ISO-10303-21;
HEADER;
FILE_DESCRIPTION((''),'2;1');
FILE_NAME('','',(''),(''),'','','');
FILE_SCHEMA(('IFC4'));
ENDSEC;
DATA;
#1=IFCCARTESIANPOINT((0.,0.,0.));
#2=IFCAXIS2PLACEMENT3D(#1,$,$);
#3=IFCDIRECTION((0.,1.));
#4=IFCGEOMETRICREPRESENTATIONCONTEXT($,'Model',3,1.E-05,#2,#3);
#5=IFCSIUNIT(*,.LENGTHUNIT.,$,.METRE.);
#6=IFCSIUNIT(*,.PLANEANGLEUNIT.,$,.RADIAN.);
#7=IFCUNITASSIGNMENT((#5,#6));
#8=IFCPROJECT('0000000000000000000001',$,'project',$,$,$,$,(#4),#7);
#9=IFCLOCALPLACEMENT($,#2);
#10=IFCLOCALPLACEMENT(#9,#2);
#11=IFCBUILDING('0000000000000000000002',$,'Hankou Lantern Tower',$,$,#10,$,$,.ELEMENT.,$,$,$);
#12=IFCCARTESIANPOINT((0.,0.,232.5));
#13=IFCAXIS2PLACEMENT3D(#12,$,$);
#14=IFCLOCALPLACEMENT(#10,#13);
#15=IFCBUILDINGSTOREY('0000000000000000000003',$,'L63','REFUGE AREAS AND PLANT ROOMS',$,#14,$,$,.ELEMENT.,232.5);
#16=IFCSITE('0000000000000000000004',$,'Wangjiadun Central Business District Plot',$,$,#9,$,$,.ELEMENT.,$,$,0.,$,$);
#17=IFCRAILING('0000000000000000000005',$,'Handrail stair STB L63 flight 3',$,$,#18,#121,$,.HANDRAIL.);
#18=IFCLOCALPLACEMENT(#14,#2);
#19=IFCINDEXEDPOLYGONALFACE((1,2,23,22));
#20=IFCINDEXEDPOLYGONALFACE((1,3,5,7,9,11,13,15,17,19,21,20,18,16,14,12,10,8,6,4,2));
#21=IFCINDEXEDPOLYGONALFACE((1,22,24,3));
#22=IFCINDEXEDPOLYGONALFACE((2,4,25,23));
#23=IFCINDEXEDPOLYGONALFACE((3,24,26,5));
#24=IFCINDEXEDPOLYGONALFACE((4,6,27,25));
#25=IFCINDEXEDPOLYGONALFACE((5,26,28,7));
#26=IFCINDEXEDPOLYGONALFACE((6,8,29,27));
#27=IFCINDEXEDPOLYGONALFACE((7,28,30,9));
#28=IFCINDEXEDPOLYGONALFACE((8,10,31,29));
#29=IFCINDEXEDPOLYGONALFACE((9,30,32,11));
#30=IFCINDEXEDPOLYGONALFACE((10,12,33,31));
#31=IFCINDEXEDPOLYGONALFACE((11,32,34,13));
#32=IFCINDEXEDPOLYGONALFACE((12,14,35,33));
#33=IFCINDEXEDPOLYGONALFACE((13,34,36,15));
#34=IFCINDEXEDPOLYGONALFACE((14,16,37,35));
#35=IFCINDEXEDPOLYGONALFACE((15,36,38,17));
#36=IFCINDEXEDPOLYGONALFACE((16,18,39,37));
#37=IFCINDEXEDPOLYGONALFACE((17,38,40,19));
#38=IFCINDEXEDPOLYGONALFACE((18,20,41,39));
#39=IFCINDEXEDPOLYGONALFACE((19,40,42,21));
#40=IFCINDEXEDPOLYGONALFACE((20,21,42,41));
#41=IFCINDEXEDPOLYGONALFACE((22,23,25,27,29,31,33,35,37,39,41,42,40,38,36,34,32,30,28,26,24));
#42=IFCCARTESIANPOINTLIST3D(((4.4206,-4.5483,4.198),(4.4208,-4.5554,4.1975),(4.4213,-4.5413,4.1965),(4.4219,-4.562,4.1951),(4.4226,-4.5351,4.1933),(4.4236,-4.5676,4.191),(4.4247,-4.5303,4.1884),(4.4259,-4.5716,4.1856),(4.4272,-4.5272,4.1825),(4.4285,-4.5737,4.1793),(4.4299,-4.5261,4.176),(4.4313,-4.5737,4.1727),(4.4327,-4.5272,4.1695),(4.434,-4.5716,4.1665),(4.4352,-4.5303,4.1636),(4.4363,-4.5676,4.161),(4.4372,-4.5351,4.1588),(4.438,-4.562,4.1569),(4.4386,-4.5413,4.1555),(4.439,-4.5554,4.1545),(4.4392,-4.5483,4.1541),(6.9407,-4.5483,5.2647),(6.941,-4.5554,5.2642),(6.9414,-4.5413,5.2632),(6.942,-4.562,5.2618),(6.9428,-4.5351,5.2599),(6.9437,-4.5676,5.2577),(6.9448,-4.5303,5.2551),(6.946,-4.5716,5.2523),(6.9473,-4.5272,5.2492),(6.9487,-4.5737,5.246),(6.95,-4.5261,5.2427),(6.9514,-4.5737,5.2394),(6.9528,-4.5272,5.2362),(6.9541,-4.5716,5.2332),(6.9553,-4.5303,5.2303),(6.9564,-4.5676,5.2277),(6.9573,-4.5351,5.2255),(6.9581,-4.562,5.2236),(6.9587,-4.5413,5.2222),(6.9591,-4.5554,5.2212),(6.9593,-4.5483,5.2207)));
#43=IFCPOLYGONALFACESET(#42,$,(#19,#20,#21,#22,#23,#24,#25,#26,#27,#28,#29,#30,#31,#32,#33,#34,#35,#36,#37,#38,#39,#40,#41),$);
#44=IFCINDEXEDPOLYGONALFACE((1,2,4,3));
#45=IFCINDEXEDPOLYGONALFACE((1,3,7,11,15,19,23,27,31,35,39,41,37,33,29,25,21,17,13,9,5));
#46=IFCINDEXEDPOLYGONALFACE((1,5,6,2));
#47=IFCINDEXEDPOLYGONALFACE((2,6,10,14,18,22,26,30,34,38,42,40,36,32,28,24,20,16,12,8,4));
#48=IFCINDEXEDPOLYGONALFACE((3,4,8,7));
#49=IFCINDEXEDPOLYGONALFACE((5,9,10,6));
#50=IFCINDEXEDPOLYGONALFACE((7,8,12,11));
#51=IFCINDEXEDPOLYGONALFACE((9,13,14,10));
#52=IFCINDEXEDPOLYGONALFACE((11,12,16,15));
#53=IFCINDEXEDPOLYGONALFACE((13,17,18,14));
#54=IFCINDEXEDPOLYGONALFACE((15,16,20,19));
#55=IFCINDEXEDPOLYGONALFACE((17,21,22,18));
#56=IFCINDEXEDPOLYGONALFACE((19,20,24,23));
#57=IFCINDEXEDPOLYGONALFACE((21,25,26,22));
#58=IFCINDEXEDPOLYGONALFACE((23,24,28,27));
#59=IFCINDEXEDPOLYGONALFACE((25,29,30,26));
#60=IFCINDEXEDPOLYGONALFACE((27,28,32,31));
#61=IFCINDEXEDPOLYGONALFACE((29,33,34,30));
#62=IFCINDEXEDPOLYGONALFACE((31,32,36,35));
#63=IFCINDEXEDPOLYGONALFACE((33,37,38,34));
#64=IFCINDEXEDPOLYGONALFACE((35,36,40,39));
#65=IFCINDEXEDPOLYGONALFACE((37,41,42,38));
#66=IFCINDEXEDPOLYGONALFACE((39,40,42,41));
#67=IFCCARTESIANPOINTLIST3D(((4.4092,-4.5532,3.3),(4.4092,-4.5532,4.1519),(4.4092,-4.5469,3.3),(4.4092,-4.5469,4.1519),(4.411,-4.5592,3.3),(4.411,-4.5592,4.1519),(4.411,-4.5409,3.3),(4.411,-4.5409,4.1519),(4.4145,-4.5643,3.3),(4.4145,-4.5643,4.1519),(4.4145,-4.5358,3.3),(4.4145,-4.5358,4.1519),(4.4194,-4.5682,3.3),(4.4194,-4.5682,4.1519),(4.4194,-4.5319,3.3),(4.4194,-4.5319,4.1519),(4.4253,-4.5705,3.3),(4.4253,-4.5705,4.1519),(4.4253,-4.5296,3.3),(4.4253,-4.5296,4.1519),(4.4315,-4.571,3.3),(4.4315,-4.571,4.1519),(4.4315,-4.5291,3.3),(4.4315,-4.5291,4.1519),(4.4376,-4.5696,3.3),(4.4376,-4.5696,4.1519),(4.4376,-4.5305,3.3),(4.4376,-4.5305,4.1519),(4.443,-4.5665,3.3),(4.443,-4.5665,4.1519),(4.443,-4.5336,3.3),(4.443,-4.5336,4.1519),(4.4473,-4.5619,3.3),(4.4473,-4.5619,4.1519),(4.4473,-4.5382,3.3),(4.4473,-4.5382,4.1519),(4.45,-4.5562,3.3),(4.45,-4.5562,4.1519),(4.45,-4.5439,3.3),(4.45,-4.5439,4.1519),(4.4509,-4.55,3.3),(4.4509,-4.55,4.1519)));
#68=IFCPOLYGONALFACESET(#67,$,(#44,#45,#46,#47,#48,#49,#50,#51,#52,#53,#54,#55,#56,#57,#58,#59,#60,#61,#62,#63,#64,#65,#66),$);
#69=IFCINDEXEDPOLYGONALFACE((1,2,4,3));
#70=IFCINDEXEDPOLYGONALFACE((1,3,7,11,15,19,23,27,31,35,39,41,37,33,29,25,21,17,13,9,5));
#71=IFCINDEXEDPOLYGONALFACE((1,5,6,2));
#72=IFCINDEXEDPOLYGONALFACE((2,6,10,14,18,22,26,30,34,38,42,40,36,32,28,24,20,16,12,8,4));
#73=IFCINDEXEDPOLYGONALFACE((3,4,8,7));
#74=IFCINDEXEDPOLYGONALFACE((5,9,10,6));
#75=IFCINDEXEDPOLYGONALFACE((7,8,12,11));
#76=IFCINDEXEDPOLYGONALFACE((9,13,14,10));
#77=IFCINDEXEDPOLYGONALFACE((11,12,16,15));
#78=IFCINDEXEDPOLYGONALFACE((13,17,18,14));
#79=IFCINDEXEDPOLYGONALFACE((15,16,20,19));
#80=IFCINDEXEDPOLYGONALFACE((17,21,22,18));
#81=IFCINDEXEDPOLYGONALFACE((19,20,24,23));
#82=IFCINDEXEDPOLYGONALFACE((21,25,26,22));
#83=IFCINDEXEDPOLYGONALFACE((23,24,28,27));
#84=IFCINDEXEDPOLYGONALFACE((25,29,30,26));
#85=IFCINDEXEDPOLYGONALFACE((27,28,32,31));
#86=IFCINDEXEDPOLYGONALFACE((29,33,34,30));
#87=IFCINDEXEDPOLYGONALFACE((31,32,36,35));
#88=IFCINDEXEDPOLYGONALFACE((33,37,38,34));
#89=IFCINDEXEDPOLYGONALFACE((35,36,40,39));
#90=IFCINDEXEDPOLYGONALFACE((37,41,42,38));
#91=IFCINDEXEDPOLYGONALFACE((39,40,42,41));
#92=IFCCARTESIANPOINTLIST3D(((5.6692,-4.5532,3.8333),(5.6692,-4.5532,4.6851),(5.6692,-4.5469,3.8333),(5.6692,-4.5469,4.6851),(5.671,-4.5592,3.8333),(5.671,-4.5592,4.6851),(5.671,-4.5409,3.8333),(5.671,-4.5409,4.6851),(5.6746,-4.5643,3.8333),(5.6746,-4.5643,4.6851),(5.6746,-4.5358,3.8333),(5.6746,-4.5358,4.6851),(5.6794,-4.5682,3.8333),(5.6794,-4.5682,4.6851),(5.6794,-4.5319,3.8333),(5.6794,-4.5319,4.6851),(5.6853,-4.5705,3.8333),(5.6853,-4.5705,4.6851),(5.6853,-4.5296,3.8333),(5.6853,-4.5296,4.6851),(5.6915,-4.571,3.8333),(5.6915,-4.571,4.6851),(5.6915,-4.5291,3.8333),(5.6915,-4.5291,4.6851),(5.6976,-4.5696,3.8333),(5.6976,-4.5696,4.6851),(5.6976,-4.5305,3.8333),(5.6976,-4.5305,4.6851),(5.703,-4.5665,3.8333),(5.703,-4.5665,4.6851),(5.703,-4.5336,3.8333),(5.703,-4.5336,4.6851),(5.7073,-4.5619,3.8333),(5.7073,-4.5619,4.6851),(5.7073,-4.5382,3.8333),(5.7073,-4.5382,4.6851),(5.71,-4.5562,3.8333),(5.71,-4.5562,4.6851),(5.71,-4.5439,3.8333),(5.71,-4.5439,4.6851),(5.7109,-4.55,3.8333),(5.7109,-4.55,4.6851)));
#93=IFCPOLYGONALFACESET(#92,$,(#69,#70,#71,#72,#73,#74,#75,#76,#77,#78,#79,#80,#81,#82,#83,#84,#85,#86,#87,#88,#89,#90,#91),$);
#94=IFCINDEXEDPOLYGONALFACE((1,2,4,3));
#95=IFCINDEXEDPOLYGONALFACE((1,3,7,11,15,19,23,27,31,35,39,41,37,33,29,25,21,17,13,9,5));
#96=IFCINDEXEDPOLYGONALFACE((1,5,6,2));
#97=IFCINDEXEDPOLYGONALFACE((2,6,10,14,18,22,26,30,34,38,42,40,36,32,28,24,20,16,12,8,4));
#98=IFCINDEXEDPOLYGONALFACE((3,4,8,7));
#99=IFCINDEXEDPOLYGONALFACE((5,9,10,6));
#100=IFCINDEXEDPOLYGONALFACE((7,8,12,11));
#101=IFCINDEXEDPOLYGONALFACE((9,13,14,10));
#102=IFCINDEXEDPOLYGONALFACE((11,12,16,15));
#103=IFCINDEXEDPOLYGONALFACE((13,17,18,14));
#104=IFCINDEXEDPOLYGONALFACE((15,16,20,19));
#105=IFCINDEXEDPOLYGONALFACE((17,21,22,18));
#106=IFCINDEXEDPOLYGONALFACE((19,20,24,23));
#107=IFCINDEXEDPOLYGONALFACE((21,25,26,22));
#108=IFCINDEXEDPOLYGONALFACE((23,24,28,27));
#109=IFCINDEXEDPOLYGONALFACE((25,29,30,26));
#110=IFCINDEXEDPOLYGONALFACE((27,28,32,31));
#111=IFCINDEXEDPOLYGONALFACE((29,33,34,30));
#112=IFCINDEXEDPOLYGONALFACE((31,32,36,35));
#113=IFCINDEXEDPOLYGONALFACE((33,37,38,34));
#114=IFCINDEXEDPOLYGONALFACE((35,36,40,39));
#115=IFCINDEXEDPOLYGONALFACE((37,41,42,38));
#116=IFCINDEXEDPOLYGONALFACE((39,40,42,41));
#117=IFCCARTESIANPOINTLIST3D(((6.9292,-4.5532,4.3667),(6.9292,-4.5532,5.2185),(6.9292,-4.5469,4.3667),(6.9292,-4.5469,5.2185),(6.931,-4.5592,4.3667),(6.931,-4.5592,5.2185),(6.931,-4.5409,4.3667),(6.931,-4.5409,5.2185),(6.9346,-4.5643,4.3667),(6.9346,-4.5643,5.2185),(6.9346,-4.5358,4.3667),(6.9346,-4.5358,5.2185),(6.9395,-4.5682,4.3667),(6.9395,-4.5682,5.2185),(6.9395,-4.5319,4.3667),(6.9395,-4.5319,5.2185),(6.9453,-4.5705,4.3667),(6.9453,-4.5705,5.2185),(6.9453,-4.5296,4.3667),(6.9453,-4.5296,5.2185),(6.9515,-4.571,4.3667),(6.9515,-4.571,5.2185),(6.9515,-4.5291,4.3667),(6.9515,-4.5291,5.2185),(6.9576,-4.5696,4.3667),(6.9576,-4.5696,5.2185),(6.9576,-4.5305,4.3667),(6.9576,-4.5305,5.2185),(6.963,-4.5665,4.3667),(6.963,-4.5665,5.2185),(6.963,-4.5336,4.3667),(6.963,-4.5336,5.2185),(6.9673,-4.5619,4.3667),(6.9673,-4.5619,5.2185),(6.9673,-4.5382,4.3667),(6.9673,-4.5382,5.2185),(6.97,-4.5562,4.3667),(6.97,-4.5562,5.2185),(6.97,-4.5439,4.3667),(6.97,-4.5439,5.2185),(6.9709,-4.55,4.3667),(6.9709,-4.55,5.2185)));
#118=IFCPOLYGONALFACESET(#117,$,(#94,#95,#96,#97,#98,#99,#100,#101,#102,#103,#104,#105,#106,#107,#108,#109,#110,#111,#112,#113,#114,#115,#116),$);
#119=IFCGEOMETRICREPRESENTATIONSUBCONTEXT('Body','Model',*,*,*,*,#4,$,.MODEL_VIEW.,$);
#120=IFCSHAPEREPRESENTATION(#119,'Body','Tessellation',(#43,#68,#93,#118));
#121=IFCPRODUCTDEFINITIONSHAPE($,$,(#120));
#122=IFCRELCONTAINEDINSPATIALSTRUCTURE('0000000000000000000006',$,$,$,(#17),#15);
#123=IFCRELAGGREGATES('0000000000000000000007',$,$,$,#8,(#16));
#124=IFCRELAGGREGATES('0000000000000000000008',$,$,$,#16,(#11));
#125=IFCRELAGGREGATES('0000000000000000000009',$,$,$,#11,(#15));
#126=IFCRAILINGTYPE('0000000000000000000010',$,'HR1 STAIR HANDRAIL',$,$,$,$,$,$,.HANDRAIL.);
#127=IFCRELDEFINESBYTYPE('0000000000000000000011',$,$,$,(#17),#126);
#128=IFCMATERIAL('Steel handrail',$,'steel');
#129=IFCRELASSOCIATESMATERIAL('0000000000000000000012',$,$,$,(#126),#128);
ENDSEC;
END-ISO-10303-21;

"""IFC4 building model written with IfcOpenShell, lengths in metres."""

from ifc_helpers import new_model, si_unit, direction, frame, origin, origin_2d, place, context, subcontext, project, spatial, circle, extrude, material, type_object, element, save


model = new_model("IFC4")

# Units and contexts
model_context = context("Model", 3, precision=1e-05, world=origin(), true_north=direction((0.0, 1.0)))
body_context = subcontext(model_context, "Body", "Model", "MODEL_VIEW")
ifc_project = project(units=[si_unit("LENGTHUNIT", "METRE"), si_unit("PLANEANGLEUNIT", "RADIAN")], contexts=[model_context])

# Site, building, storey
site_placement = place(None, origin())
site = spatial("IfcSite", under=ifc_project, at=site_placement, Name="Wangjiadun Central Business District Plot", CompositionType="ELEMENT", RefElevation=0.0)
building_placement = place(site_placement, origin())
building = spatial("IfcBuilding", under=site, at=building_placement, Name="Hankou Lantern Tower", CompositionType="ELEMENT")
storey_placement = place(building_placement, frame((0.0, 0.0, 232.5)))
storey = spatial("IfcBuildingStorey", under=building, at=storey_placement, Name="L63", Description="REFUGE AREAS AND PLANT ROOMS", CompositionType="ELEMENT", Elevation=232.5)

# Railing
ifc_material_1 = material(Name="Steel handrail", Category="steel")
railing_type = type_object("IfcRailingType", Name="HR1 STAIR HANDRAIL", PredefinedType="HANDRAIL", material=ifc_material_1)
railing_1_placement = place(storey_placement, frame((4.4299, -4.55, 3.3)))
element("IfcRailing", 1, at=railing_1_placement, inside=storey, type_object=railing_type, Name="Handrail stair STB L63 flight 3", PredefinedType="HANDRAIL", context=body_context, shape_type="SweptSolid", body=[
    extrude(circle(Radius=0.0239, at=origin_2d()), frame((0.0, 0.0, 0.876), z_axis=(0.920903, 0.0, 0.389791), x_axis=(0.0, 1.0, 0.0)), (0.0, 0.0, 1.0), 2.7366),
    extrude(circle(Radius=0.021, at=origin_2d()), origin(), (0.0, 0.0, 1.0), 0.8518),
    extrude(circle(Radius=0.021, at=origin_2d()), frame((1.26, 0.0, 0.5332)), (0.0, 0.0, 1.0), 0.8518),
    extrude(circle(Radius=0.021, at=origin_2d()), frame((2.52, 0.0, 1.0667)), (0.0, 0.0, 1.0), 0.8518),
])

save(model, "model.ifc")
